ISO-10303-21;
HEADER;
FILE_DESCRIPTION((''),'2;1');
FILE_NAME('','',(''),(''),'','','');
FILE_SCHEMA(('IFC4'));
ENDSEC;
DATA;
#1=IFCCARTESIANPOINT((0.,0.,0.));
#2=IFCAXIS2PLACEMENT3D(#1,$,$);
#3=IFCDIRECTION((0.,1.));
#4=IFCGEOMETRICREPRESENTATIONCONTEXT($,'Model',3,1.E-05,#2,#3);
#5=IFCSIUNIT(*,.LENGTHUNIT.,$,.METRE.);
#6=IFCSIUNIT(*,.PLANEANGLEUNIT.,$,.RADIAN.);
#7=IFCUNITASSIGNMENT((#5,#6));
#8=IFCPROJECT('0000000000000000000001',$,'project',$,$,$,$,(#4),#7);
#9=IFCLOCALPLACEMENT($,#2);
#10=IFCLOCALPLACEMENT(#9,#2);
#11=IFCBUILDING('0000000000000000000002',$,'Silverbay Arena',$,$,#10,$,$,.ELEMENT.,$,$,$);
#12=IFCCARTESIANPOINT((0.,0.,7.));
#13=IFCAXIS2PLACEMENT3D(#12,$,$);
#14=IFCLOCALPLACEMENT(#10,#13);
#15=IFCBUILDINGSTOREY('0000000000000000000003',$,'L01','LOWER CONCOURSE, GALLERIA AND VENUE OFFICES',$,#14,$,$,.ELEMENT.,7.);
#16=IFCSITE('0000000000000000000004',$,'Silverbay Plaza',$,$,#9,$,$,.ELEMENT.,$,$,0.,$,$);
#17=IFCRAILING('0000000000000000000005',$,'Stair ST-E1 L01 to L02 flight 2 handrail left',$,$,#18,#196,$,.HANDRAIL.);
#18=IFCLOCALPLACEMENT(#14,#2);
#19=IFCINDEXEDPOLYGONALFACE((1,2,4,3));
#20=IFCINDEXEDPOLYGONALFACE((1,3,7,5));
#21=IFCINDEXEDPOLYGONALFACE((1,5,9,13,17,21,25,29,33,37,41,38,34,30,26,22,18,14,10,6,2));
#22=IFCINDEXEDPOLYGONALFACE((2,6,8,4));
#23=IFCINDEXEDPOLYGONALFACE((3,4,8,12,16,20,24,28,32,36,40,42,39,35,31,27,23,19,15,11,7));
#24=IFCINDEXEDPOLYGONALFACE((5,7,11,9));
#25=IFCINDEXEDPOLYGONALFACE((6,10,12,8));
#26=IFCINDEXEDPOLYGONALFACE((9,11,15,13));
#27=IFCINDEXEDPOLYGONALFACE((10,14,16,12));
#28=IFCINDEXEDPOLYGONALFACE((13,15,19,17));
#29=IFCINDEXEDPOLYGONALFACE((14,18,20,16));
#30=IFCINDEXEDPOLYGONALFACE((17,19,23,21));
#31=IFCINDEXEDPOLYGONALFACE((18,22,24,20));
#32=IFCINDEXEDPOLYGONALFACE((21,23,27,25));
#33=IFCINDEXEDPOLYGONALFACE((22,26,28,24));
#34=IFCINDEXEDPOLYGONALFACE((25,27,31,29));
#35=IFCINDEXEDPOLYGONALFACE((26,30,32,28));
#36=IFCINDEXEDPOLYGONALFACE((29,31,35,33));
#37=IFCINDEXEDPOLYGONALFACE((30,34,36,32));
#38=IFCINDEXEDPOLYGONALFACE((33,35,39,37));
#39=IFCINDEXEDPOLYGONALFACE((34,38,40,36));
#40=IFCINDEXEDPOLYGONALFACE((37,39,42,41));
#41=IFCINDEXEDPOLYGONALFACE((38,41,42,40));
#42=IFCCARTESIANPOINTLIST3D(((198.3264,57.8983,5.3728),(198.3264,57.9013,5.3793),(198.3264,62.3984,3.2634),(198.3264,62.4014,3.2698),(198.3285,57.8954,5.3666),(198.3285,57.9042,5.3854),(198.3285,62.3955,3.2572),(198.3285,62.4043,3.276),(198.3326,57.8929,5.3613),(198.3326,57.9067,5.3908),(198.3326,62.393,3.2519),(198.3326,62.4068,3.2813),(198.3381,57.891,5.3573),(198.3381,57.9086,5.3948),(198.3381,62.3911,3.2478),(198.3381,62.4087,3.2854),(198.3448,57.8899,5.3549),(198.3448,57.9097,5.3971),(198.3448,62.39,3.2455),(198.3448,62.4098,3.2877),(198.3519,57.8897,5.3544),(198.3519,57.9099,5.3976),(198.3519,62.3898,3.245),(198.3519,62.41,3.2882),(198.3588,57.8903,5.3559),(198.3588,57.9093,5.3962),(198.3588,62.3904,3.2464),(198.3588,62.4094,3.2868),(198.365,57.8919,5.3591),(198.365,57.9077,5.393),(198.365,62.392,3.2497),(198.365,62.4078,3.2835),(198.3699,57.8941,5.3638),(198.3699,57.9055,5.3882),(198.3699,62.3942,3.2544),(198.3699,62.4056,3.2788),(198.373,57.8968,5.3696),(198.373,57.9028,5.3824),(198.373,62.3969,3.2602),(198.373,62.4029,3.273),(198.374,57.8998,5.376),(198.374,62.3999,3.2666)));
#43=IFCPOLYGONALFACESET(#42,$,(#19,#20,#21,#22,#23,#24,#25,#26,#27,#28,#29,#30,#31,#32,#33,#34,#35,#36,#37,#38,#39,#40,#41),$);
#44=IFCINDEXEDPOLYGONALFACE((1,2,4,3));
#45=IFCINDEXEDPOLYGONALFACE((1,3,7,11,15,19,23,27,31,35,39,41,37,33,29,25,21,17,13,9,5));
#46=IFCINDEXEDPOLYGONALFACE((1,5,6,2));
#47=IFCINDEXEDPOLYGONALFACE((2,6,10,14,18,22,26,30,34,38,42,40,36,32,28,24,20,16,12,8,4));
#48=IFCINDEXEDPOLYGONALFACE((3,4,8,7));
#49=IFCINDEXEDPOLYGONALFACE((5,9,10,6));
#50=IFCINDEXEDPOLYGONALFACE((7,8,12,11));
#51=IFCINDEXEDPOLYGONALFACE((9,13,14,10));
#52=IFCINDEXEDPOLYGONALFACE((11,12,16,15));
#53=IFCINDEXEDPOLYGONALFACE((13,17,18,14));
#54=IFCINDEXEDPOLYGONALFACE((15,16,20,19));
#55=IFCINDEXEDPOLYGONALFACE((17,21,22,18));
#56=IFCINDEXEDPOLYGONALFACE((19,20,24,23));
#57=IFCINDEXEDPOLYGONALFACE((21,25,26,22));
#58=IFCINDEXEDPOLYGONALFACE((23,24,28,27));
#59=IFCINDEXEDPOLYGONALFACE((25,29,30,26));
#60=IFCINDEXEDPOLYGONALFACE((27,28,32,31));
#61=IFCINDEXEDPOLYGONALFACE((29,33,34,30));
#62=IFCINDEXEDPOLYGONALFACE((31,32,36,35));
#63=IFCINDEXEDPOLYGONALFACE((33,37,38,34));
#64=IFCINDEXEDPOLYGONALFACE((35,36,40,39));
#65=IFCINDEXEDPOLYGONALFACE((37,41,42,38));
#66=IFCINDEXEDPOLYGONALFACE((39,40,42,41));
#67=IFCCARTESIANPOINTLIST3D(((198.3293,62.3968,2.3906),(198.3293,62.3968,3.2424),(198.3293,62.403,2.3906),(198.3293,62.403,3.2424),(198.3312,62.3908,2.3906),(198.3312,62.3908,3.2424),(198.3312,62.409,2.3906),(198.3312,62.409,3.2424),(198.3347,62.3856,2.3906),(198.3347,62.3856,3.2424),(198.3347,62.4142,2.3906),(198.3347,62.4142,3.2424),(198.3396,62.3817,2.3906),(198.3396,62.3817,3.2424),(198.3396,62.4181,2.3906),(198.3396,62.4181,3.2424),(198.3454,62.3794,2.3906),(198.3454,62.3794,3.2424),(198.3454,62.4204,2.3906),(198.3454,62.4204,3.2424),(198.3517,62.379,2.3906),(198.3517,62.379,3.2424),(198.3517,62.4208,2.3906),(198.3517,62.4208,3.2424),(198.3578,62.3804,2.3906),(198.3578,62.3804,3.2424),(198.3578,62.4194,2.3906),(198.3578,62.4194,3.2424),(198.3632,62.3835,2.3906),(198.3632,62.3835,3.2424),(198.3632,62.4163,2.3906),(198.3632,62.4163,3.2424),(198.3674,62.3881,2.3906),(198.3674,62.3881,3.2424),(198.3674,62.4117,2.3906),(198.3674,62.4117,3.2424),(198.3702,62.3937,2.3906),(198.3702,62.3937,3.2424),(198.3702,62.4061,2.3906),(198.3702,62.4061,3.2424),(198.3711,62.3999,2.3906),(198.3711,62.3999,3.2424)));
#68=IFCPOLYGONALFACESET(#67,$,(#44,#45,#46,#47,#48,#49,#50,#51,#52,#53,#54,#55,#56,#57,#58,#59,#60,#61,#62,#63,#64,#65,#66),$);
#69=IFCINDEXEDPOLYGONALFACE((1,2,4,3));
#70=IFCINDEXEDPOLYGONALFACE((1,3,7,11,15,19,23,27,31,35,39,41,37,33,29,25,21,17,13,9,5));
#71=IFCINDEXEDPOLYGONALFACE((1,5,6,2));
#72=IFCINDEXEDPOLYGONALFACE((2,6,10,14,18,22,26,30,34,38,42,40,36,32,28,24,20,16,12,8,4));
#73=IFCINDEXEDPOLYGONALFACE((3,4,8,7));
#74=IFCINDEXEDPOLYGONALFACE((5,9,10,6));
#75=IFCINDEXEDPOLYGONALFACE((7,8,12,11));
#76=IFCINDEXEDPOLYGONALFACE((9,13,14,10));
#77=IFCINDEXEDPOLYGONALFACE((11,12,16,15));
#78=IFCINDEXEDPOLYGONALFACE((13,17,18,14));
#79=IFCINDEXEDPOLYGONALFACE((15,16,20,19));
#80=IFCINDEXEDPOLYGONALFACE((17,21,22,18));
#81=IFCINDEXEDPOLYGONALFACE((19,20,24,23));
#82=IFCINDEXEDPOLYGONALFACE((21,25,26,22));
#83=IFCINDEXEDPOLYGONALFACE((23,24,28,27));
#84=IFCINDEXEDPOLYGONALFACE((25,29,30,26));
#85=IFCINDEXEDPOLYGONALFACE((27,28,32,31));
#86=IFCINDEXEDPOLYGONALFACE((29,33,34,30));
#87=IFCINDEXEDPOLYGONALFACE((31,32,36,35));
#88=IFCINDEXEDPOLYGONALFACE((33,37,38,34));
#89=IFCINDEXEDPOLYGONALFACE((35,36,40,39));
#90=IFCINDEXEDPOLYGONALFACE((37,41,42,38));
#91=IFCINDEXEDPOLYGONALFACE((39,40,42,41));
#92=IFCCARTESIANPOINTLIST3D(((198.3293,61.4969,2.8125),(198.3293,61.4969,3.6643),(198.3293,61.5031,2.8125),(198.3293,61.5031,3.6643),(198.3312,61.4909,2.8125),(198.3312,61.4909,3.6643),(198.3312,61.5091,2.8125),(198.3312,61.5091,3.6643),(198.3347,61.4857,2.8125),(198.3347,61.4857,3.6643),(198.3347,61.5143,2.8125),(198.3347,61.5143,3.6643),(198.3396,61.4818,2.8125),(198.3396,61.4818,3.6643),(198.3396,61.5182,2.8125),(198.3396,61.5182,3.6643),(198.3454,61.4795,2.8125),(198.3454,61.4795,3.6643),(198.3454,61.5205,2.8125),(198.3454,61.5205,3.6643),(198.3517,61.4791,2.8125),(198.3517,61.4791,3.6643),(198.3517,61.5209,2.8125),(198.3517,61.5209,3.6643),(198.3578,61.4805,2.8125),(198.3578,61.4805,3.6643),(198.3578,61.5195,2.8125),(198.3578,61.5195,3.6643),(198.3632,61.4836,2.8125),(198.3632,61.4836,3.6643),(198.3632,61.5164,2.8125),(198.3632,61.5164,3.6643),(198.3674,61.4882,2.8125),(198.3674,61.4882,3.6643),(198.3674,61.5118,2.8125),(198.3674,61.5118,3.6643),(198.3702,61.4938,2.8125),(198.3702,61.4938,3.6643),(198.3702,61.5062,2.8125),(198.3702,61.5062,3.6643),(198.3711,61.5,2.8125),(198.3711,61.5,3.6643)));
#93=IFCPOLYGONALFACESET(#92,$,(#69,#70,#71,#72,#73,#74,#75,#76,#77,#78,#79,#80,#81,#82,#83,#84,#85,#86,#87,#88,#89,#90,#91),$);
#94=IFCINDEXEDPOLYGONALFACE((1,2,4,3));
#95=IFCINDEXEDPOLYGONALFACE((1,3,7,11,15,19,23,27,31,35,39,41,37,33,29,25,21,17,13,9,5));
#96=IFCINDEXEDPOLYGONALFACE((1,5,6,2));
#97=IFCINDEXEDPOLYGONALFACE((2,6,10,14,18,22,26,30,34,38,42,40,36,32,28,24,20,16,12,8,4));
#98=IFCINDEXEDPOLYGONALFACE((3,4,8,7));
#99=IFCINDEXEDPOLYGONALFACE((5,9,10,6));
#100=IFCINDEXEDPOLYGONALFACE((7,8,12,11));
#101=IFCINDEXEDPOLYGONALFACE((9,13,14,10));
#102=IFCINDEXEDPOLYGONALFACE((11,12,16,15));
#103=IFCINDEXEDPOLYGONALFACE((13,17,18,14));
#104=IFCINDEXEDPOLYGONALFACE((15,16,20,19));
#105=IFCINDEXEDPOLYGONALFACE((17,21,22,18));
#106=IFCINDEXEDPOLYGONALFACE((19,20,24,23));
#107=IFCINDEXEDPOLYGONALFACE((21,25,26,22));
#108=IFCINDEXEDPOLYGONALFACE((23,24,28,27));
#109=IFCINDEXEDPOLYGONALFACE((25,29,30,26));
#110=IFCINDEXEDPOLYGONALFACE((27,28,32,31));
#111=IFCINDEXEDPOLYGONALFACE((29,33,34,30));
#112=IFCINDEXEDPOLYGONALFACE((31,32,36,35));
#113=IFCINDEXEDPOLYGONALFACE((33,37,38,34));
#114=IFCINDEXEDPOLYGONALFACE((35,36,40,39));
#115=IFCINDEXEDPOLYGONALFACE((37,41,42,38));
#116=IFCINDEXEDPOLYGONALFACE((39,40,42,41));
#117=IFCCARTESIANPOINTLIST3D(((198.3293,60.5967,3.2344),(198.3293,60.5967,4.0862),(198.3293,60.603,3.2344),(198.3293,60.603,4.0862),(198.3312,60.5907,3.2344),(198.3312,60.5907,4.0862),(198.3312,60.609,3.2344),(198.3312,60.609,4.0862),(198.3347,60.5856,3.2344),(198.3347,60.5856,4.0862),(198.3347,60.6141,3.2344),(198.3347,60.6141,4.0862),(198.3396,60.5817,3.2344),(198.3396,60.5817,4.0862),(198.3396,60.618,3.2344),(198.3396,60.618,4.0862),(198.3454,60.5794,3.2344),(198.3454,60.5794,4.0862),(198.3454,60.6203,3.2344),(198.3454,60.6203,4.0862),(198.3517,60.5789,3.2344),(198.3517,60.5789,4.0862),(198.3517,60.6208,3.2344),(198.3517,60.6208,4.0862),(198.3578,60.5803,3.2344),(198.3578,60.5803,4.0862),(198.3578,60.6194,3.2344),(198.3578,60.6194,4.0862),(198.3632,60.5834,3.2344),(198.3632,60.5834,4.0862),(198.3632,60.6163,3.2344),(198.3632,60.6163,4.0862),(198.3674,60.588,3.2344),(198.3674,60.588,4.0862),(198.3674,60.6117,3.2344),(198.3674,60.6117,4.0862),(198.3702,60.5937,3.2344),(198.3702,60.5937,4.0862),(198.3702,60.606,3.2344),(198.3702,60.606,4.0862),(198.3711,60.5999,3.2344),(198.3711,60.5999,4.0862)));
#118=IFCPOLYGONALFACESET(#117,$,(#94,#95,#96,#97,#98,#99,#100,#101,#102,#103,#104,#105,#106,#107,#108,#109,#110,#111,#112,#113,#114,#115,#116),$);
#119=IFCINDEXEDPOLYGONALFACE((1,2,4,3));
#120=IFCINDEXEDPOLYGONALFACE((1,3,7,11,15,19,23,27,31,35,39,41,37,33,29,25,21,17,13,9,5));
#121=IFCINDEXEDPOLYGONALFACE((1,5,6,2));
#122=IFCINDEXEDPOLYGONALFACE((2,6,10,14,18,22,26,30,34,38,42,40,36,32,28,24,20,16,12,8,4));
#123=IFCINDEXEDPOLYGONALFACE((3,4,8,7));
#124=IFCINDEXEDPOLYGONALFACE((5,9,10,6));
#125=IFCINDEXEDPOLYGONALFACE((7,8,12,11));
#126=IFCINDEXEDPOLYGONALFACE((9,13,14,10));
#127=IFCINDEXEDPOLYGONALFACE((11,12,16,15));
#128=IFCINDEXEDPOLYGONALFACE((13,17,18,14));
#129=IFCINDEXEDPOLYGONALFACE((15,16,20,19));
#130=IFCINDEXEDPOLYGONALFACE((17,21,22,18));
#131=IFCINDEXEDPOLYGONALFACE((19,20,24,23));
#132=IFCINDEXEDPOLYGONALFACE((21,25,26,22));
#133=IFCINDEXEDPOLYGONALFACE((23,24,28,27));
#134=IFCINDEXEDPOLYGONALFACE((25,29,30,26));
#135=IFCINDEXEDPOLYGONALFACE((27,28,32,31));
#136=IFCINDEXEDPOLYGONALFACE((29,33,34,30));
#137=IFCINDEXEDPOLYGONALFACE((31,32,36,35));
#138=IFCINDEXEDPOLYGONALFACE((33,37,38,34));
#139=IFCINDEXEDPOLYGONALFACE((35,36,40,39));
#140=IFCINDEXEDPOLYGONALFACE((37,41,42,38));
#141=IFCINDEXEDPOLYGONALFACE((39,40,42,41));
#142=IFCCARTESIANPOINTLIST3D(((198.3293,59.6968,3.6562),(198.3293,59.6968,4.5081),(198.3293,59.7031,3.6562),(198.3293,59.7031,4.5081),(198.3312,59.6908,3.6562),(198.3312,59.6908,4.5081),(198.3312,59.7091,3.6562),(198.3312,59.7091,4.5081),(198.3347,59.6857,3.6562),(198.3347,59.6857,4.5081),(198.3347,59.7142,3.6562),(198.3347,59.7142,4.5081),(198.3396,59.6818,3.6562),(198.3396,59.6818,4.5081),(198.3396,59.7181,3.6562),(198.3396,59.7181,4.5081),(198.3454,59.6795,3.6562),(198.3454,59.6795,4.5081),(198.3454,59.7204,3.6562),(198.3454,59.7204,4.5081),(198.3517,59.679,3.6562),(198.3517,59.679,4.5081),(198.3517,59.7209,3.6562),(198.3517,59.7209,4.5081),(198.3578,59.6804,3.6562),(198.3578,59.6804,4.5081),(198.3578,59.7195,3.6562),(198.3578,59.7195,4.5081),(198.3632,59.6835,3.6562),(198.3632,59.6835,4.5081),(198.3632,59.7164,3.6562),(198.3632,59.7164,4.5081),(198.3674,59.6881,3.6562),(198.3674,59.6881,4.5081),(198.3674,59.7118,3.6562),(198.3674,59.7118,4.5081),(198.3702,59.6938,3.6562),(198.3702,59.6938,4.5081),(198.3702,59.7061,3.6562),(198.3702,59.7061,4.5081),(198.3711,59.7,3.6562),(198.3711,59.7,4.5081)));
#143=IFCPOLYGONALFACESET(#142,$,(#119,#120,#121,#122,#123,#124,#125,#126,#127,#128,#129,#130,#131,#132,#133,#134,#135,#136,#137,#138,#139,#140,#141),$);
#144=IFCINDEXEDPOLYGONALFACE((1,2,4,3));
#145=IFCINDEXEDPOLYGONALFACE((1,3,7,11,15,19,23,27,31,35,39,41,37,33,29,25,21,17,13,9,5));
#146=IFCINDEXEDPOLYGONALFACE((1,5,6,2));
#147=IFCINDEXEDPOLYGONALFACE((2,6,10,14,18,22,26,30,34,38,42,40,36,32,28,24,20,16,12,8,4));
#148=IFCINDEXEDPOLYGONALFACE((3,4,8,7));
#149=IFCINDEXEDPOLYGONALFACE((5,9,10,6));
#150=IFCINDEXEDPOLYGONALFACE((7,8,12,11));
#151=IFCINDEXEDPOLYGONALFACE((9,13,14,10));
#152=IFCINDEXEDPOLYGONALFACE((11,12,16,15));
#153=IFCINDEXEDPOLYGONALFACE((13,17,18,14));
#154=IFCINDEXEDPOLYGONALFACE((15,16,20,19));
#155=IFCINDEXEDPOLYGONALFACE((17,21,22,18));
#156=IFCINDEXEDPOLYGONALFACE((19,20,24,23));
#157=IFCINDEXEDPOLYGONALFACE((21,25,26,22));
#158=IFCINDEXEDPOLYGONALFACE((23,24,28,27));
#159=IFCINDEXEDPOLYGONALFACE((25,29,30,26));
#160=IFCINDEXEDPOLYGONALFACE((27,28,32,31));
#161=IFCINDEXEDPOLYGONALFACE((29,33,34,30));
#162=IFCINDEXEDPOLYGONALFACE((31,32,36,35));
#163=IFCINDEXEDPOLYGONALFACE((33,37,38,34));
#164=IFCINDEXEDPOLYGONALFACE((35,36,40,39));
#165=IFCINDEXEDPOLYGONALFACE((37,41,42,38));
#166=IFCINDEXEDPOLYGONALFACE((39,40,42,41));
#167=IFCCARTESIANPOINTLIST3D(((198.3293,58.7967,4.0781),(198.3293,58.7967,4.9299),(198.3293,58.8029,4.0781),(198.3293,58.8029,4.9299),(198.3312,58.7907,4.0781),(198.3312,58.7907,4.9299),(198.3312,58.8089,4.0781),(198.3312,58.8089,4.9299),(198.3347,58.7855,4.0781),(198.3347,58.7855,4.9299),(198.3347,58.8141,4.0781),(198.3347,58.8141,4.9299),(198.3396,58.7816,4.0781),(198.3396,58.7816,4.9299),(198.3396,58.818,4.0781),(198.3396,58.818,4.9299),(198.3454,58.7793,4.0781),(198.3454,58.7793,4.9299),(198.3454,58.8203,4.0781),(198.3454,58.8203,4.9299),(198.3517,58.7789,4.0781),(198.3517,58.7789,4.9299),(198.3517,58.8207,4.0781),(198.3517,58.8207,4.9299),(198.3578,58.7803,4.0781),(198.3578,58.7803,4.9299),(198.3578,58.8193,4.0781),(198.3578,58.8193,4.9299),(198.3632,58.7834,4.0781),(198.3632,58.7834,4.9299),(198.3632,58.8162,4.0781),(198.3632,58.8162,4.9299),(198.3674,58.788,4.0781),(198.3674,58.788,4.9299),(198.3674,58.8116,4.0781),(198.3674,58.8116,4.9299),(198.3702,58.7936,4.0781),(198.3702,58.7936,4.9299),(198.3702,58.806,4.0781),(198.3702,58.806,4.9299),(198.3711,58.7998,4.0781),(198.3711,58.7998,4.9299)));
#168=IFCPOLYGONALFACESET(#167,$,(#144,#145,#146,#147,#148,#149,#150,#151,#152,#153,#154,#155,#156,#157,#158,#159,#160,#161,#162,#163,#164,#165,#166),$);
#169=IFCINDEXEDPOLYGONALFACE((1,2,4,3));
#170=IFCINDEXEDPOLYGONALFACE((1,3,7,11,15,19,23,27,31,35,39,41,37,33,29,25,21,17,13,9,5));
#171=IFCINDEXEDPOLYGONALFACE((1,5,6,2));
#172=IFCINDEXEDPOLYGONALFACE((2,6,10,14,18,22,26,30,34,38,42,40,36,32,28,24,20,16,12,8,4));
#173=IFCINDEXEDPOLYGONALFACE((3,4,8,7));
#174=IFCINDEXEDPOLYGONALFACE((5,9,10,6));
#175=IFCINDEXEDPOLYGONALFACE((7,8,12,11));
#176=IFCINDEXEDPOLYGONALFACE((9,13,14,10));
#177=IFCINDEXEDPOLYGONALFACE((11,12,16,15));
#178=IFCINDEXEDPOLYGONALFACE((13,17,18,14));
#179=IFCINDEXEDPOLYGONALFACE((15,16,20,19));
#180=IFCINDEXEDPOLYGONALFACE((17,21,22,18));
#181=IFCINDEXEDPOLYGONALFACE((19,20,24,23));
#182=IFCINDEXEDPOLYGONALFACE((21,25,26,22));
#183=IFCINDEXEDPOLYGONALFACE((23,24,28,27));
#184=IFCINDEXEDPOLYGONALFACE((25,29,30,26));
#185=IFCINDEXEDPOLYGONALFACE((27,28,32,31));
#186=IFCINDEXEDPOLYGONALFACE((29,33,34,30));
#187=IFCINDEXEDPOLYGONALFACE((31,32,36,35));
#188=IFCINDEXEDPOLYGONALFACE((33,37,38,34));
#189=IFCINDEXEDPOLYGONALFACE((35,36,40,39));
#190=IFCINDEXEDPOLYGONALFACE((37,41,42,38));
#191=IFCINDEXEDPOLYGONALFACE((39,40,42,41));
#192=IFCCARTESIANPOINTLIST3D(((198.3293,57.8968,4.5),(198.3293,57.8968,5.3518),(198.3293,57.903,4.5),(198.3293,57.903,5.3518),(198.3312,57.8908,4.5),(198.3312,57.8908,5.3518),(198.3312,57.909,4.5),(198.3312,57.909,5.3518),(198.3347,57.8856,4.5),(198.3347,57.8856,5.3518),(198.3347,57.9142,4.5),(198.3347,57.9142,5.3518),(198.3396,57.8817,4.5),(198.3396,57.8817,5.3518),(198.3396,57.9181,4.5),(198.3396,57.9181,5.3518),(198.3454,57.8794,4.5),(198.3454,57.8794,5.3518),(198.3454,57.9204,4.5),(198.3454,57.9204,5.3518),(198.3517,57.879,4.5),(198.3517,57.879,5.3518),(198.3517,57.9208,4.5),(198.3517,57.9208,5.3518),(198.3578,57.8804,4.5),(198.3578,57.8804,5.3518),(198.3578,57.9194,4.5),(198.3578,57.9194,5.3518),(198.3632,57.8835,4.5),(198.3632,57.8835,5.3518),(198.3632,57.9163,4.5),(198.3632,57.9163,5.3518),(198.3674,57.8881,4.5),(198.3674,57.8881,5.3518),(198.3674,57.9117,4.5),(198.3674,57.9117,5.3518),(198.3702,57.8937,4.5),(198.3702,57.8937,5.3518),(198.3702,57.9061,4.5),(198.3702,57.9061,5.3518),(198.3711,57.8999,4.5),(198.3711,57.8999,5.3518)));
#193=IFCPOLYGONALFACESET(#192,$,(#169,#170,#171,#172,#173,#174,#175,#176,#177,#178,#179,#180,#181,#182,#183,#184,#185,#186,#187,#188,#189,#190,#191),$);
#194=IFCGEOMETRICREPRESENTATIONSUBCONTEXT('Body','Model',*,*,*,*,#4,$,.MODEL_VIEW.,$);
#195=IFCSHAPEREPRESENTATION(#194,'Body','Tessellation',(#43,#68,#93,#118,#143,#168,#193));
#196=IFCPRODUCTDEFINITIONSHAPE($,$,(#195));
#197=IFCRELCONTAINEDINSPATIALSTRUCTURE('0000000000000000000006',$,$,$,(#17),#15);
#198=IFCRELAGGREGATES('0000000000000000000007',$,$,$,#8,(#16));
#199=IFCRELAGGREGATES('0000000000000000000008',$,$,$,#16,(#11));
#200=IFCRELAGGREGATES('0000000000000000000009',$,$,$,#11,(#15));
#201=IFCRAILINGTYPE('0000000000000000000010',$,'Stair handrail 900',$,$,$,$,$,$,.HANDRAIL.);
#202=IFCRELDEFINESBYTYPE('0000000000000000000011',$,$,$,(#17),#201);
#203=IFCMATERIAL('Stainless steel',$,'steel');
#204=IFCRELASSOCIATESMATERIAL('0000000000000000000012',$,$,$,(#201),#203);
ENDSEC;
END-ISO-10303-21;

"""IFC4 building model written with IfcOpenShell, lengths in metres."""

from ifc_helpers import new_model, si_unit, direction, frame, origin, origin_2d, place, context, subcontext, project, spatial, circle, extrude, material, type_object, element, save


model = new_model("IFC4")

# Units and contexts
model_context = context("Model", 3, precision=1e-05, world=origin(), true_north=direction((0.0, 1.0)))
body_context = subcontext(model_context, "Body", "Model", "MODEL_VIEW")
ifc_project = project(units=[si_unit("LENGTHUNIT", "METRE"), si_unit("PLANEANGLEUNIT", "RADIAN")], contexts=[model_context])

# Site, building, storey
site_placement = place(None, origin())
site = spatial("IfcSite", under=ifc_project, at=site_placement, Name="Silverbay Plaza", CompositionType="ELEMENT", RefElevation=0.0)
building_placement = place(site_placement, origin())
building = spatial("IfcBuilding", under=site, at=building_placement, Name="Silverbay Arena", CompositionType="ELEMENT")
storey_placement = place(building_placement, frame((0.0, 0.0, 7.0)))
storey = spatial("IfcBuildingStorey", under=building, at=storey_placement, Name="L01", Description="LOWER CONCOURSE, GALLERIA AND VENUE OFFICES", CompositionType="ELEMENT", Elevation=7.0)

# Railing
ifc_material_1 = material(Name="Stainless steel", Category="steel")
railing_type_1 = type_object("IfcRailingType", Name="Stair handrail 900", PredefinedType="HANDRAIL", material=ifc_material_1)
for number, where, name in (
    (1, (198.3501, 62.3999, 2.3906), "Stair ST-E1 L01 to L02 flight 2 handrail left"),
):
    element("IfcRailing", number, at=place(storey_placement, frame(where)), inside=storey, type_object=railing_type_1, Name=name, PredefinedType="HANDRAIL", context=body_context, shape_type="SweptSolid", body=[
        extrude(circle(Radius=0.0239, at=origin_2d()), frame((0.0, 0.0, 0.876), z_axis=(0.0, -0.905459, 0.424434), x_axis=(1.0, 0.0, 0.0)), (0.0, 0.0, 1.0), 4.97),
        extrude(circle(Radius=0.021, at=origin_2d()), origin(), (0.0, 0.0, 1.0), 0.8518),
        extrude(circle(Radius=0.021, at=origin_2d()), frame((0.0, -0.8999, 0.4219)), (0.0, 0.0, 1.0), 0.8518),
        extrude(circle(Radius=0.021, at=origin_2d()), frame((0.0, -1.8, 0.8438)), (0.0, 0.0, 1.0), 0.8518),
        extrude(circle(Radius=0.021, at=origin_2d()), frame((0.0, -2.7, 1.2656)), (0.0, 0.0, 1.0), 0.8518),
        extrude(circle(Radius=0.021, at=origin_2d()), frame((0.0, -3.6001, 1.6875)), (0.0, 0.0, 1.0), 0.8518),
        extrude(circle(Radius=0.021, at=origin_2d()), frame((0.0, -4.5, 2.1094)), (0.0, 0.0, 1.0), 0.8518),
    ])

save(model, "model.ifc")
